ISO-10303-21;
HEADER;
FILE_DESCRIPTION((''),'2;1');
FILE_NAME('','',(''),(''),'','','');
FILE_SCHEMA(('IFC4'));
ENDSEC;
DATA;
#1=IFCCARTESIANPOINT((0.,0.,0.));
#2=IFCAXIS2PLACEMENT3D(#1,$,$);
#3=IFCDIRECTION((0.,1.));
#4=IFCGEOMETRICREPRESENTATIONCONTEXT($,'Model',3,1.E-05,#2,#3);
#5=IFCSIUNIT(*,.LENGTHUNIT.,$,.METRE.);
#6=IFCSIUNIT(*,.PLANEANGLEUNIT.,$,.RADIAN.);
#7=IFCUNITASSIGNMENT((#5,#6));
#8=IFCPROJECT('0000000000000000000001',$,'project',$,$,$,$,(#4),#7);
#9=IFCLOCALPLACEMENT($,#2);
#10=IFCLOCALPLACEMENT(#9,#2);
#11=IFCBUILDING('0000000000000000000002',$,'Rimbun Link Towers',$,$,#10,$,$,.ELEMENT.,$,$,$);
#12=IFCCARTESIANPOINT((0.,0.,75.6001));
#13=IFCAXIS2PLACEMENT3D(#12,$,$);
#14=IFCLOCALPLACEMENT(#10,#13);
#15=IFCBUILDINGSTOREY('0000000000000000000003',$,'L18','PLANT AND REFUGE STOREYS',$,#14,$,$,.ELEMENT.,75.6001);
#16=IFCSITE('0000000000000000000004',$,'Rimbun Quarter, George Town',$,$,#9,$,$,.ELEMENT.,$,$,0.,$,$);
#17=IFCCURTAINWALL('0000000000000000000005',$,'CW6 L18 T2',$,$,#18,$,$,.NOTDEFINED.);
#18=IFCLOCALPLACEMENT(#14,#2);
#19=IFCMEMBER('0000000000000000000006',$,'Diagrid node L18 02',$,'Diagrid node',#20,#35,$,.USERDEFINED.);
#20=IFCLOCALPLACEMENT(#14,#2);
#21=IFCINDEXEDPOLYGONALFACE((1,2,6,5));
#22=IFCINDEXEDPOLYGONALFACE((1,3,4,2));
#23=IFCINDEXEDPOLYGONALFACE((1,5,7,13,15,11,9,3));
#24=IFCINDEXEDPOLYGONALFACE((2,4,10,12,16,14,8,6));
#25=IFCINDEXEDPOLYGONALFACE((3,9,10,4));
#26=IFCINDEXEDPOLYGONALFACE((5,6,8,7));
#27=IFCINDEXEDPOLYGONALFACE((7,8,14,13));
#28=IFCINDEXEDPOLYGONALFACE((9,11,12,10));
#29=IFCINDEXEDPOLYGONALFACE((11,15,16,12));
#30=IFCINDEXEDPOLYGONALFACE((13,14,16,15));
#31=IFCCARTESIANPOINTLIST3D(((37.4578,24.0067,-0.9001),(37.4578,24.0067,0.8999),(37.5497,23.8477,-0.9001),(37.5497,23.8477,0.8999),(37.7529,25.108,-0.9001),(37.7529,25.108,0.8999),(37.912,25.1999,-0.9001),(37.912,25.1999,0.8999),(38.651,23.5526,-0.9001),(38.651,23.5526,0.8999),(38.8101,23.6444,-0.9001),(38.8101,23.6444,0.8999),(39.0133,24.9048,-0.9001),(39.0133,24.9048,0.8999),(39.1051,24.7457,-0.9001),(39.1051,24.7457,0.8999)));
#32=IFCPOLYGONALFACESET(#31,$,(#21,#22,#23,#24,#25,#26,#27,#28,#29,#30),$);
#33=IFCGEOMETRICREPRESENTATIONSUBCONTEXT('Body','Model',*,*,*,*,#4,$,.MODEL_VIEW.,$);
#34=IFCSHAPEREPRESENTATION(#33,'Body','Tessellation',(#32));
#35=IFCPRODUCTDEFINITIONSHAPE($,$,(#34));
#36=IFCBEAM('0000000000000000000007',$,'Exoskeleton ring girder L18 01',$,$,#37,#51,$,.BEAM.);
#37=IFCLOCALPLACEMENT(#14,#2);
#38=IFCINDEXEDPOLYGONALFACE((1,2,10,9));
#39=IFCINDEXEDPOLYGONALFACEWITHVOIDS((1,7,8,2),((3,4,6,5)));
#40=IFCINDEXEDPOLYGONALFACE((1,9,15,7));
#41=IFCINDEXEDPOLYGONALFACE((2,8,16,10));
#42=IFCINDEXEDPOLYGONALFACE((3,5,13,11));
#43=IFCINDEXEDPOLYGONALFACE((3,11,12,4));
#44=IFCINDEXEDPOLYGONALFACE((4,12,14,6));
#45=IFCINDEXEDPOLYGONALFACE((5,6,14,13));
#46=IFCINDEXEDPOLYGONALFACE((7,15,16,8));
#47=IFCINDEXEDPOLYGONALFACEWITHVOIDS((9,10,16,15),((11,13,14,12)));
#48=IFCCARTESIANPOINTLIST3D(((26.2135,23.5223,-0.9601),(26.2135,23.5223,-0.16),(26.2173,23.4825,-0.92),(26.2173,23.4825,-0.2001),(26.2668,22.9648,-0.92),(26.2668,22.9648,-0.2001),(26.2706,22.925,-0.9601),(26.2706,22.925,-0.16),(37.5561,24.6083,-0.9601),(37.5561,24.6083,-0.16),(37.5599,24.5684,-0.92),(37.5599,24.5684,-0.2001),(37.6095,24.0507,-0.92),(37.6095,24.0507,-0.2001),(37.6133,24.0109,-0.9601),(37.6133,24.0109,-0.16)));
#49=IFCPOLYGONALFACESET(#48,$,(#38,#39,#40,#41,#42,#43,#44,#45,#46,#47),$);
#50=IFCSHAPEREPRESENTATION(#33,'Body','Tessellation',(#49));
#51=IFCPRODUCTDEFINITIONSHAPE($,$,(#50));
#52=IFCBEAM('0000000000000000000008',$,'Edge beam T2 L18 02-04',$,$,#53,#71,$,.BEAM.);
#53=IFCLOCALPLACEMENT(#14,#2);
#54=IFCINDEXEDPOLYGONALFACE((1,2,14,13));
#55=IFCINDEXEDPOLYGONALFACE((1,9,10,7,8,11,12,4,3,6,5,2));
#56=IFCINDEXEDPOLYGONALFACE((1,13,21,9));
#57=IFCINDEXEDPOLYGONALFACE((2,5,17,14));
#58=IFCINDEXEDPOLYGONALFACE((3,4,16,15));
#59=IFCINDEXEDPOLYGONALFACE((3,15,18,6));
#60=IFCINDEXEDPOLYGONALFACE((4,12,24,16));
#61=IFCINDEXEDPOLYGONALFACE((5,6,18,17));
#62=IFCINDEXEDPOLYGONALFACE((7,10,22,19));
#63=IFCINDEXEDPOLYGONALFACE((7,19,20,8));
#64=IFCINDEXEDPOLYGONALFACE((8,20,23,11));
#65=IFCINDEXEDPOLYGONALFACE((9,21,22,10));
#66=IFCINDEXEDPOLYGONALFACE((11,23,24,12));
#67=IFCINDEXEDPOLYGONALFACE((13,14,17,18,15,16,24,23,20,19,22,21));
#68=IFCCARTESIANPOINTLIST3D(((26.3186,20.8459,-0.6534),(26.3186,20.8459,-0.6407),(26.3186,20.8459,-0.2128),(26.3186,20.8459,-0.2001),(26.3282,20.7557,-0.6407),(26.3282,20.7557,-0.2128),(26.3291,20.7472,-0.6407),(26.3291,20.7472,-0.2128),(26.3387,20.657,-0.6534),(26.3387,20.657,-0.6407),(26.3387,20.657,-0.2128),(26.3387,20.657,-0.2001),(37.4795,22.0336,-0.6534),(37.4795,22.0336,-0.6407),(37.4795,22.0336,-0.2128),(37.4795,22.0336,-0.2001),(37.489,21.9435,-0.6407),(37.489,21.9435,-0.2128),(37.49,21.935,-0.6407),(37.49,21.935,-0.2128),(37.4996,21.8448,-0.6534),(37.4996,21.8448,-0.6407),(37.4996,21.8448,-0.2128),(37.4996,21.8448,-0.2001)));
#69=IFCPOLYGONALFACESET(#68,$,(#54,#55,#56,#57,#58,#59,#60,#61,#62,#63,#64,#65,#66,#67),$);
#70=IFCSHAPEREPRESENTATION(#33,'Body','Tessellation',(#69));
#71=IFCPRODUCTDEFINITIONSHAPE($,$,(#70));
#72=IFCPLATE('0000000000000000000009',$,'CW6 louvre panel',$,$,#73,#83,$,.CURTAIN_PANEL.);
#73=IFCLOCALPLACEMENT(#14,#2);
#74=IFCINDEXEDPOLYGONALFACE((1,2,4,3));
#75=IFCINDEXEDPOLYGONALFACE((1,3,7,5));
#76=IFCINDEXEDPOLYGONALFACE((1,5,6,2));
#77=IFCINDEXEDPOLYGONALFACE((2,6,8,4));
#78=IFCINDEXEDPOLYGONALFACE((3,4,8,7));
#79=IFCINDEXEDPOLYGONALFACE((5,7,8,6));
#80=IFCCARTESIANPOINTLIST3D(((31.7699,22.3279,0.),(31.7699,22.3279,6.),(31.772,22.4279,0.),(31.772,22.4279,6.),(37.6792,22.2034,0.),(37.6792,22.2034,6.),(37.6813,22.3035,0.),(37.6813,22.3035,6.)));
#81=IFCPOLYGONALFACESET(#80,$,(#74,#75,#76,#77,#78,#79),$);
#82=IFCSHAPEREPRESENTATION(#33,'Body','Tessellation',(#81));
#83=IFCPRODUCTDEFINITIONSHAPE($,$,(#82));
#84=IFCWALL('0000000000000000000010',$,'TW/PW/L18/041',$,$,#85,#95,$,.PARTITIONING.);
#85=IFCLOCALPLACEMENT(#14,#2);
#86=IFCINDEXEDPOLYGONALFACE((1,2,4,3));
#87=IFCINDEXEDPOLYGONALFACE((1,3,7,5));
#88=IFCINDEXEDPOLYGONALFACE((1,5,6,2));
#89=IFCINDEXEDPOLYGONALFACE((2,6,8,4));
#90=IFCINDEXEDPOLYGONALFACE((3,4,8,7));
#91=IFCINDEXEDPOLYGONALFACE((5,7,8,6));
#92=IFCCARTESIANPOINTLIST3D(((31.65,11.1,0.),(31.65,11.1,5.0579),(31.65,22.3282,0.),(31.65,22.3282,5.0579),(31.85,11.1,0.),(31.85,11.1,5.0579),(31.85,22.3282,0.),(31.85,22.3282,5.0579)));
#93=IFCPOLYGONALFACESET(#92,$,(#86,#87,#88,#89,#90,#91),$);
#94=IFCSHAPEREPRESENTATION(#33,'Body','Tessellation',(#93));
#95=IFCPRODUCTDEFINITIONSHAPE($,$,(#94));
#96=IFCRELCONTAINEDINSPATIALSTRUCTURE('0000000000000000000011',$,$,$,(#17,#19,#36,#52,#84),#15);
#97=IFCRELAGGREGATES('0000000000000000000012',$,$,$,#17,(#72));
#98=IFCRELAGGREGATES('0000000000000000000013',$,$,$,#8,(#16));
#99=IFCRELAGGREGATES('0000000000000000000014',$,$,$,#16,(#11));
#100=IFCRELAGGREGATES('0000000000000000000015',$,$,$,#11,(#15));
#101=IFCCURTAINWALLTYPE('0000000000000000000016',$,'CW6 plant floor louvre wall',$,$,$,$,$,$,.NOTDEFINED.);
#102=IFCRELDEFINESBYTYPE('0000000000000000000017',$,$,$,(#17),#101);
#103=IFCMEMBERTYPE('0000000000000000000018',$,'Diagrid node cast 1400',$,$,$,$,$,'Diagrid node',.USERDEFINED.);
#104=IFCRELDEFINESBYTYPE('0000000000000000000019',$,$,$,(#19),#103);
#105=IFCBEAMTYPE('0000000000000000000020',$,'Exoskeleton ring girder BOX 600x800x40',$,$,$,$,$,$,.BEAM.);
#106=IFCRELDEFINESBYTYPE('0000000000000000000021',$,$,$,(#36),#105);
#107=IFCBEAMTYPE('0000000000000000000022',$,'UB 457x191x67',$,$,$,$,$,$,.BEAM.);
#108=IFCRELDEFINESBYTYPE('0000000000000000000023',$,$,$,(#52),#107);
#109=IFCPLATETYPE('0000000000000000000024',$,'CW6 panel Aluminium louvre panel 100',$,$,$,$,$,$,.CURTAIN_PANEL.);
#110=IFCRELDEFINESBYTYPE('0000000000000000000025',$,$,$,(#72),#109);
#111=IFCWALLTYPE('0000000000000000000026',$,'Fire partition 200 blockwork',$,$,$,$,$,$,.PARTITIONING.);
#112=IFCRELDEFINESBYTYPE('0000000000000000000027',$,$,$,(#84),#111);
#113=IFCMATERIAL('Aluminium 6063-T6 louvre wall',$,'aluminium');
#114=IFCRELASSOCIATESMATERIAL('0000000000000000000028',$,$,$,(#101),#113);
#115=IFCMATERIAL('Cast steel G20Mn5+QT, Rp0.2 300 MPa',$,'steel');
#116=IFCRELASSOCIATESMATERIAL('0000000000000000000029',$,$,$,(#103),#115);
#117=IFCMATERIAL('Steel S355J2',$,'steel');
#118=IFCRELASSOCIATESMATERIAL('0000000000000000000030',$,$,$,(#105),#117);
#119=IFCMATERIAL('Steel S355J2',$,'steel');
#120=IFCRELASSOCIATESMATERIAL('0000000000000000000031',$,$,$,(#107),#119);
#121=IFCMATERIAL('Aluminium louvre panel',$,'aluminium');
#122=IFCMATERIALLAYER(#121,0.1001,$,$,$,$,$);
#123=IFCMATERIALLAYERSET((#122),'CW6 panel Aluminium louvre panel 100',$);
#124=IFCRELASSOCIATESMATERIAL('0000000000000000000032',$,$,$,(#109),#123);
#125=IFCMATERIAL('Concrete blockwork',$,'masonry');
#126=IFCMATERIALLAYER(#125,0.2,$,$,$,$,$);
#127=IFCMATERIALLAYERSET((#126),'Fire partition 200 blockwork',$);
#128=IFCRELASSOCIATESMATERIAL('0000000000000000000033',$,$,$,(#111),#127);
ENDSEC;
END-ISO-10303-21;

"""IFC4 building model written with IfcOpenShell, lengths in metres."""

from ifc_helpers import new_model, si_unit, direction, frame, frame_2d, origin, origin_2d, place, context, subcontext, project, spatial, polyline, rectangle, hollow_rectangle, i_section, outline, extrude, material, layer, layer_set, material_profile, profile_set, type_object, element, aggregate, save


model = new_model("IFC4")

# Units and contexts
model_context = context("Model", 3, precision=1e-05, world=origin(), true_north=direction((0.0, 1.0)))
body_context = subcontext(model_context, "Body", "Model", "MODEL_VIEW")
ifc_project = project(units=[si_unit("LENGTHUNIT", "METRE"), si_unit("PLANEANGLEUNIT", "RADIAN")], contexts=[model_context])

# Site, building, storey
site_placement = place(None, origin())
site = spatial("IfcSite", under=ifc_project, at=site_placement, Name="Rimbun Quarter, George Town", CompositionType="ELEMENT", RefElevation=0.0)
building_placement = place(site_placement, origin())
building = spatial("IfcBuilding", under=site, at=building_placement, Name="Rimbun Link Towers", CompositionType="ELEMENT")
storey_placement = place(building_placement, frame((0.0, 0.0, 75.6001)))
storey = spatial("IfcBuildingStorey", under=building, at=storey_placement, Name="L18", Description="PLANT AND REFUGE STOREYS", CompositionType="ELEMENT", Elevation=75.6001)

# Curtain wall
ifc_material_1 = material(Name="Aluminium 6063-T6 louvre wall", Category="aluminium")
curtain_wall_type = type_object("IfcCurtainWallType", Name="CW6 plant floor louvre wall", PredefinedType="NOTDEFINED", material=ifc_material_1)
curtain_wall_placement = place(storey_placement, origin())
curtain_wall = element("IfcCurtainWall", 1, at=curtain_wall_placement, inside=storey, type_object=curtain_wall_type, Name="CW6 L18 T2", PredefinedType="NOTDEFINED")

# Member
ifc_material_2 = material(Name="Cast steel G20Mn5+QT, Rp0.2 300 MPa", Category="steel")
ifc_material_profile_1 = material_profile(ifc_material_2, outline(polyline([(0.7, -0.5701), (0.7, 0.5701), (0.5701, 0.7), (-0.5701, 0.7), (-0.7, 0.5701), (-0.7, -0.5701), (-0.5701, -0.7), (0.5701, -0.7), (0.7, -0.5701)])), Name="NODE 1400x1400")
ifc_profile_set_1 = profile_set([ifc_material_profile_1], Name="Cast steel G20Mn5+QT, Rp0.2 300 MPa")
member_type_1 = type_object("IfcMemberType", Name="Diagrid node cast 1400", ElementType="Diagrid node", PredefinedType="USERDEFINED", material=ifc_profile_set_1)
member_1_placement = place(storey_placement, frame((38.2815, 24.3762, -0.9001), z_axis=(0.0, 0.0, 1.0), x_axis=(0.258819, 0.965926, 0.0)))
element("IfcMember", 2, at=member_1_placement, inside=storey, type_object=member_type_1, Name="Diagrid node L18 02", ObjectType="Diagrid node", PredefinedType="USERDEFINED", context=body_context, shape_type="SweptSolid", body=[
    extrude(outline(polyline([(0.7, -0.5701), (0.7, 0.5701), (0.5701, 0.7), (-0.5701, 0.7), (-0.7, 0.5701), (-0.7, -0.5701), (-0.5701, -0.7), (0.5701, -0.7), (0.7, -0.5701)])), origin(), (0.0, 0.0, 1.0), 1.8),
])

# Beams
ifc_material_3 = material(Name="Steel S355J2", Category="steel")
ifc_material_profile_2 = material_profile(ifc_material_3, hollow_rectangle(XDim=0.6001, YDim=0.8, WallThickness=0.04, at=origin_2d()), Name="Exoskeleton ring girder BOX 600x800x40")
ifc_profile_set_2 = profile_set([ifc_material_profile_2], Name="Steel S355J2")
beam_type_1 = type_object("IfcBeamType", Name="Exoskeleton ring girder BOX 600x800x40", PredefinedType="BEAM", material=ifc_profile_set_2)
beam_1_placement = place(storey_placement, frame((37.5847, 24.3096, -0.5601), z_axis=(-0.995448, -0.095303, 0.0), x_axis=(0.095303, -0.995448, 0.0)))
element("IfcBeam", 3, at=beam_1_placement, inside=storey, type_object=beam_type_1, Name="Exoskeleton ring girder L18 01", PredefinedType="BEAM", context=body_context, shape_type="SweptSolid", body=[
    extrude(hollow_rectangle(XDim=0.6001, YDim=0.8, WallThickness=0.04, at=origin_2d()), origin(), (0.0, 0.0, 1.0), 11.3945),
])
ifc_material_4 = material(Name="Steel S355J2", Category="steel")
ifc_material_profile_3 = material_profile(ifc_material_4, i_section(OverallWidth=0.1899, OverallDepth=0.4534, WebThickness=0.0085, FlangeThickness=0.0127, at=origin_2d()), Name="UB 457x191x67")
ifc_profile_set_3 = profile_set([ifc_material_profile_3], Name="Steel S355J2")
beam_type_2 = type_object("IfcBeamType", Name="UB 457x191x67", PredefinedType="BEAM", material=ifc_profile_set_3)
beam_2_placement = place(storey_placement, frame((37.4895, 21.9392, -0.4268), z_axis=(-0.994385, -0.105823, 0.0), x_axis=(0.105823, -0.994385, 0.0)))
element("IfcBeam", 4, at=beam_2_placement, inside=storey, type_object=beam_type_2, Name="Edge beam T2 L18 02-04", PredefinedType="BEAM", context=body_context, shape_type="SweptSolid", body=[
    extrude(i_section(OverallWidth=0.1899, OverallDepth=0.4534, WebThickness=0.0085, FlangeThickness=0.0127, at=origin_2d()), origin(), (0.0, 0.0, 1.0), 11.2239),
])

# Plate
ifc_material_5 = material(Name="Aluminium louvre panel", Category="aluminium")
ifc_layer_1 = layer(ifc_material_5, 0.1001)
ifc_layer_set_1 = layer_set([ifc_layer_1], Name="CW6 panel Aluminium louvre panel 100")
plate_type = type_object("IfcPlateType", Name="CW6 panel Aluminium louvre panel 100", PredefinedType="CURTAIN_PANEL", material=ifc_layer_set_1)
plate_placement = place(storey_placement, frame((34.7256, 22.3157, 0.0), z_axis=(0.0, 0.0, 1.0), x_axis=(0.999778, -0.021057, 0.0)))
plate = element("IfcPlate", 5, at=plate_placement, type_object=plate_type, Name="CW6 louvre panel", PredefinedType="CURTAIN_PANEL", context=body_context, shape_type="SweptSolid", body=[
    extrude(rectangle(XDim=5.9106, YDim=0.1001, at=origin_2d()), origin(), (0.0, 0.0, 1.0), 6.0),
])
aggregate(curtain_wall, [plate])

# Wall
ifc_material_6 = material(Name="Concrete blockwork", Category="masonry")
ifc_layer_2 = layer(ifc_material_6, 0.2)
ifc_layer_set_2 = layer_set([ifc_layer_2], Name="Fire partition 200 blockwork")
wall_type = type_object("IfcWallType", Name="Fire partition 200 blockwork", PredefinedType="PARTITIONING", material=ifc_layer_set_2)
wall_placement = place(storey_placement, frame((31.75, 22.3284, 0.0), z_axis=(0.0, 0.0, 1.0), x_axis=(0.0, -1.0, 0.0)))
element("IfcWall", 6, at=wall_placement, inside=storey, type_object=wall_type, Name="TW/PW/L18/041", PredefinedType="PARTITIONING", context=body_context, shape_type="SweptSolid", body=[
    extrude(rectangle(XDim=11.2283, YDim=0.2, at=frame_2d((5.6143, 0.0))), origin(), (0.0, 0.0, 1.0), 5.0579),
])

save(model, "model.ifc")
